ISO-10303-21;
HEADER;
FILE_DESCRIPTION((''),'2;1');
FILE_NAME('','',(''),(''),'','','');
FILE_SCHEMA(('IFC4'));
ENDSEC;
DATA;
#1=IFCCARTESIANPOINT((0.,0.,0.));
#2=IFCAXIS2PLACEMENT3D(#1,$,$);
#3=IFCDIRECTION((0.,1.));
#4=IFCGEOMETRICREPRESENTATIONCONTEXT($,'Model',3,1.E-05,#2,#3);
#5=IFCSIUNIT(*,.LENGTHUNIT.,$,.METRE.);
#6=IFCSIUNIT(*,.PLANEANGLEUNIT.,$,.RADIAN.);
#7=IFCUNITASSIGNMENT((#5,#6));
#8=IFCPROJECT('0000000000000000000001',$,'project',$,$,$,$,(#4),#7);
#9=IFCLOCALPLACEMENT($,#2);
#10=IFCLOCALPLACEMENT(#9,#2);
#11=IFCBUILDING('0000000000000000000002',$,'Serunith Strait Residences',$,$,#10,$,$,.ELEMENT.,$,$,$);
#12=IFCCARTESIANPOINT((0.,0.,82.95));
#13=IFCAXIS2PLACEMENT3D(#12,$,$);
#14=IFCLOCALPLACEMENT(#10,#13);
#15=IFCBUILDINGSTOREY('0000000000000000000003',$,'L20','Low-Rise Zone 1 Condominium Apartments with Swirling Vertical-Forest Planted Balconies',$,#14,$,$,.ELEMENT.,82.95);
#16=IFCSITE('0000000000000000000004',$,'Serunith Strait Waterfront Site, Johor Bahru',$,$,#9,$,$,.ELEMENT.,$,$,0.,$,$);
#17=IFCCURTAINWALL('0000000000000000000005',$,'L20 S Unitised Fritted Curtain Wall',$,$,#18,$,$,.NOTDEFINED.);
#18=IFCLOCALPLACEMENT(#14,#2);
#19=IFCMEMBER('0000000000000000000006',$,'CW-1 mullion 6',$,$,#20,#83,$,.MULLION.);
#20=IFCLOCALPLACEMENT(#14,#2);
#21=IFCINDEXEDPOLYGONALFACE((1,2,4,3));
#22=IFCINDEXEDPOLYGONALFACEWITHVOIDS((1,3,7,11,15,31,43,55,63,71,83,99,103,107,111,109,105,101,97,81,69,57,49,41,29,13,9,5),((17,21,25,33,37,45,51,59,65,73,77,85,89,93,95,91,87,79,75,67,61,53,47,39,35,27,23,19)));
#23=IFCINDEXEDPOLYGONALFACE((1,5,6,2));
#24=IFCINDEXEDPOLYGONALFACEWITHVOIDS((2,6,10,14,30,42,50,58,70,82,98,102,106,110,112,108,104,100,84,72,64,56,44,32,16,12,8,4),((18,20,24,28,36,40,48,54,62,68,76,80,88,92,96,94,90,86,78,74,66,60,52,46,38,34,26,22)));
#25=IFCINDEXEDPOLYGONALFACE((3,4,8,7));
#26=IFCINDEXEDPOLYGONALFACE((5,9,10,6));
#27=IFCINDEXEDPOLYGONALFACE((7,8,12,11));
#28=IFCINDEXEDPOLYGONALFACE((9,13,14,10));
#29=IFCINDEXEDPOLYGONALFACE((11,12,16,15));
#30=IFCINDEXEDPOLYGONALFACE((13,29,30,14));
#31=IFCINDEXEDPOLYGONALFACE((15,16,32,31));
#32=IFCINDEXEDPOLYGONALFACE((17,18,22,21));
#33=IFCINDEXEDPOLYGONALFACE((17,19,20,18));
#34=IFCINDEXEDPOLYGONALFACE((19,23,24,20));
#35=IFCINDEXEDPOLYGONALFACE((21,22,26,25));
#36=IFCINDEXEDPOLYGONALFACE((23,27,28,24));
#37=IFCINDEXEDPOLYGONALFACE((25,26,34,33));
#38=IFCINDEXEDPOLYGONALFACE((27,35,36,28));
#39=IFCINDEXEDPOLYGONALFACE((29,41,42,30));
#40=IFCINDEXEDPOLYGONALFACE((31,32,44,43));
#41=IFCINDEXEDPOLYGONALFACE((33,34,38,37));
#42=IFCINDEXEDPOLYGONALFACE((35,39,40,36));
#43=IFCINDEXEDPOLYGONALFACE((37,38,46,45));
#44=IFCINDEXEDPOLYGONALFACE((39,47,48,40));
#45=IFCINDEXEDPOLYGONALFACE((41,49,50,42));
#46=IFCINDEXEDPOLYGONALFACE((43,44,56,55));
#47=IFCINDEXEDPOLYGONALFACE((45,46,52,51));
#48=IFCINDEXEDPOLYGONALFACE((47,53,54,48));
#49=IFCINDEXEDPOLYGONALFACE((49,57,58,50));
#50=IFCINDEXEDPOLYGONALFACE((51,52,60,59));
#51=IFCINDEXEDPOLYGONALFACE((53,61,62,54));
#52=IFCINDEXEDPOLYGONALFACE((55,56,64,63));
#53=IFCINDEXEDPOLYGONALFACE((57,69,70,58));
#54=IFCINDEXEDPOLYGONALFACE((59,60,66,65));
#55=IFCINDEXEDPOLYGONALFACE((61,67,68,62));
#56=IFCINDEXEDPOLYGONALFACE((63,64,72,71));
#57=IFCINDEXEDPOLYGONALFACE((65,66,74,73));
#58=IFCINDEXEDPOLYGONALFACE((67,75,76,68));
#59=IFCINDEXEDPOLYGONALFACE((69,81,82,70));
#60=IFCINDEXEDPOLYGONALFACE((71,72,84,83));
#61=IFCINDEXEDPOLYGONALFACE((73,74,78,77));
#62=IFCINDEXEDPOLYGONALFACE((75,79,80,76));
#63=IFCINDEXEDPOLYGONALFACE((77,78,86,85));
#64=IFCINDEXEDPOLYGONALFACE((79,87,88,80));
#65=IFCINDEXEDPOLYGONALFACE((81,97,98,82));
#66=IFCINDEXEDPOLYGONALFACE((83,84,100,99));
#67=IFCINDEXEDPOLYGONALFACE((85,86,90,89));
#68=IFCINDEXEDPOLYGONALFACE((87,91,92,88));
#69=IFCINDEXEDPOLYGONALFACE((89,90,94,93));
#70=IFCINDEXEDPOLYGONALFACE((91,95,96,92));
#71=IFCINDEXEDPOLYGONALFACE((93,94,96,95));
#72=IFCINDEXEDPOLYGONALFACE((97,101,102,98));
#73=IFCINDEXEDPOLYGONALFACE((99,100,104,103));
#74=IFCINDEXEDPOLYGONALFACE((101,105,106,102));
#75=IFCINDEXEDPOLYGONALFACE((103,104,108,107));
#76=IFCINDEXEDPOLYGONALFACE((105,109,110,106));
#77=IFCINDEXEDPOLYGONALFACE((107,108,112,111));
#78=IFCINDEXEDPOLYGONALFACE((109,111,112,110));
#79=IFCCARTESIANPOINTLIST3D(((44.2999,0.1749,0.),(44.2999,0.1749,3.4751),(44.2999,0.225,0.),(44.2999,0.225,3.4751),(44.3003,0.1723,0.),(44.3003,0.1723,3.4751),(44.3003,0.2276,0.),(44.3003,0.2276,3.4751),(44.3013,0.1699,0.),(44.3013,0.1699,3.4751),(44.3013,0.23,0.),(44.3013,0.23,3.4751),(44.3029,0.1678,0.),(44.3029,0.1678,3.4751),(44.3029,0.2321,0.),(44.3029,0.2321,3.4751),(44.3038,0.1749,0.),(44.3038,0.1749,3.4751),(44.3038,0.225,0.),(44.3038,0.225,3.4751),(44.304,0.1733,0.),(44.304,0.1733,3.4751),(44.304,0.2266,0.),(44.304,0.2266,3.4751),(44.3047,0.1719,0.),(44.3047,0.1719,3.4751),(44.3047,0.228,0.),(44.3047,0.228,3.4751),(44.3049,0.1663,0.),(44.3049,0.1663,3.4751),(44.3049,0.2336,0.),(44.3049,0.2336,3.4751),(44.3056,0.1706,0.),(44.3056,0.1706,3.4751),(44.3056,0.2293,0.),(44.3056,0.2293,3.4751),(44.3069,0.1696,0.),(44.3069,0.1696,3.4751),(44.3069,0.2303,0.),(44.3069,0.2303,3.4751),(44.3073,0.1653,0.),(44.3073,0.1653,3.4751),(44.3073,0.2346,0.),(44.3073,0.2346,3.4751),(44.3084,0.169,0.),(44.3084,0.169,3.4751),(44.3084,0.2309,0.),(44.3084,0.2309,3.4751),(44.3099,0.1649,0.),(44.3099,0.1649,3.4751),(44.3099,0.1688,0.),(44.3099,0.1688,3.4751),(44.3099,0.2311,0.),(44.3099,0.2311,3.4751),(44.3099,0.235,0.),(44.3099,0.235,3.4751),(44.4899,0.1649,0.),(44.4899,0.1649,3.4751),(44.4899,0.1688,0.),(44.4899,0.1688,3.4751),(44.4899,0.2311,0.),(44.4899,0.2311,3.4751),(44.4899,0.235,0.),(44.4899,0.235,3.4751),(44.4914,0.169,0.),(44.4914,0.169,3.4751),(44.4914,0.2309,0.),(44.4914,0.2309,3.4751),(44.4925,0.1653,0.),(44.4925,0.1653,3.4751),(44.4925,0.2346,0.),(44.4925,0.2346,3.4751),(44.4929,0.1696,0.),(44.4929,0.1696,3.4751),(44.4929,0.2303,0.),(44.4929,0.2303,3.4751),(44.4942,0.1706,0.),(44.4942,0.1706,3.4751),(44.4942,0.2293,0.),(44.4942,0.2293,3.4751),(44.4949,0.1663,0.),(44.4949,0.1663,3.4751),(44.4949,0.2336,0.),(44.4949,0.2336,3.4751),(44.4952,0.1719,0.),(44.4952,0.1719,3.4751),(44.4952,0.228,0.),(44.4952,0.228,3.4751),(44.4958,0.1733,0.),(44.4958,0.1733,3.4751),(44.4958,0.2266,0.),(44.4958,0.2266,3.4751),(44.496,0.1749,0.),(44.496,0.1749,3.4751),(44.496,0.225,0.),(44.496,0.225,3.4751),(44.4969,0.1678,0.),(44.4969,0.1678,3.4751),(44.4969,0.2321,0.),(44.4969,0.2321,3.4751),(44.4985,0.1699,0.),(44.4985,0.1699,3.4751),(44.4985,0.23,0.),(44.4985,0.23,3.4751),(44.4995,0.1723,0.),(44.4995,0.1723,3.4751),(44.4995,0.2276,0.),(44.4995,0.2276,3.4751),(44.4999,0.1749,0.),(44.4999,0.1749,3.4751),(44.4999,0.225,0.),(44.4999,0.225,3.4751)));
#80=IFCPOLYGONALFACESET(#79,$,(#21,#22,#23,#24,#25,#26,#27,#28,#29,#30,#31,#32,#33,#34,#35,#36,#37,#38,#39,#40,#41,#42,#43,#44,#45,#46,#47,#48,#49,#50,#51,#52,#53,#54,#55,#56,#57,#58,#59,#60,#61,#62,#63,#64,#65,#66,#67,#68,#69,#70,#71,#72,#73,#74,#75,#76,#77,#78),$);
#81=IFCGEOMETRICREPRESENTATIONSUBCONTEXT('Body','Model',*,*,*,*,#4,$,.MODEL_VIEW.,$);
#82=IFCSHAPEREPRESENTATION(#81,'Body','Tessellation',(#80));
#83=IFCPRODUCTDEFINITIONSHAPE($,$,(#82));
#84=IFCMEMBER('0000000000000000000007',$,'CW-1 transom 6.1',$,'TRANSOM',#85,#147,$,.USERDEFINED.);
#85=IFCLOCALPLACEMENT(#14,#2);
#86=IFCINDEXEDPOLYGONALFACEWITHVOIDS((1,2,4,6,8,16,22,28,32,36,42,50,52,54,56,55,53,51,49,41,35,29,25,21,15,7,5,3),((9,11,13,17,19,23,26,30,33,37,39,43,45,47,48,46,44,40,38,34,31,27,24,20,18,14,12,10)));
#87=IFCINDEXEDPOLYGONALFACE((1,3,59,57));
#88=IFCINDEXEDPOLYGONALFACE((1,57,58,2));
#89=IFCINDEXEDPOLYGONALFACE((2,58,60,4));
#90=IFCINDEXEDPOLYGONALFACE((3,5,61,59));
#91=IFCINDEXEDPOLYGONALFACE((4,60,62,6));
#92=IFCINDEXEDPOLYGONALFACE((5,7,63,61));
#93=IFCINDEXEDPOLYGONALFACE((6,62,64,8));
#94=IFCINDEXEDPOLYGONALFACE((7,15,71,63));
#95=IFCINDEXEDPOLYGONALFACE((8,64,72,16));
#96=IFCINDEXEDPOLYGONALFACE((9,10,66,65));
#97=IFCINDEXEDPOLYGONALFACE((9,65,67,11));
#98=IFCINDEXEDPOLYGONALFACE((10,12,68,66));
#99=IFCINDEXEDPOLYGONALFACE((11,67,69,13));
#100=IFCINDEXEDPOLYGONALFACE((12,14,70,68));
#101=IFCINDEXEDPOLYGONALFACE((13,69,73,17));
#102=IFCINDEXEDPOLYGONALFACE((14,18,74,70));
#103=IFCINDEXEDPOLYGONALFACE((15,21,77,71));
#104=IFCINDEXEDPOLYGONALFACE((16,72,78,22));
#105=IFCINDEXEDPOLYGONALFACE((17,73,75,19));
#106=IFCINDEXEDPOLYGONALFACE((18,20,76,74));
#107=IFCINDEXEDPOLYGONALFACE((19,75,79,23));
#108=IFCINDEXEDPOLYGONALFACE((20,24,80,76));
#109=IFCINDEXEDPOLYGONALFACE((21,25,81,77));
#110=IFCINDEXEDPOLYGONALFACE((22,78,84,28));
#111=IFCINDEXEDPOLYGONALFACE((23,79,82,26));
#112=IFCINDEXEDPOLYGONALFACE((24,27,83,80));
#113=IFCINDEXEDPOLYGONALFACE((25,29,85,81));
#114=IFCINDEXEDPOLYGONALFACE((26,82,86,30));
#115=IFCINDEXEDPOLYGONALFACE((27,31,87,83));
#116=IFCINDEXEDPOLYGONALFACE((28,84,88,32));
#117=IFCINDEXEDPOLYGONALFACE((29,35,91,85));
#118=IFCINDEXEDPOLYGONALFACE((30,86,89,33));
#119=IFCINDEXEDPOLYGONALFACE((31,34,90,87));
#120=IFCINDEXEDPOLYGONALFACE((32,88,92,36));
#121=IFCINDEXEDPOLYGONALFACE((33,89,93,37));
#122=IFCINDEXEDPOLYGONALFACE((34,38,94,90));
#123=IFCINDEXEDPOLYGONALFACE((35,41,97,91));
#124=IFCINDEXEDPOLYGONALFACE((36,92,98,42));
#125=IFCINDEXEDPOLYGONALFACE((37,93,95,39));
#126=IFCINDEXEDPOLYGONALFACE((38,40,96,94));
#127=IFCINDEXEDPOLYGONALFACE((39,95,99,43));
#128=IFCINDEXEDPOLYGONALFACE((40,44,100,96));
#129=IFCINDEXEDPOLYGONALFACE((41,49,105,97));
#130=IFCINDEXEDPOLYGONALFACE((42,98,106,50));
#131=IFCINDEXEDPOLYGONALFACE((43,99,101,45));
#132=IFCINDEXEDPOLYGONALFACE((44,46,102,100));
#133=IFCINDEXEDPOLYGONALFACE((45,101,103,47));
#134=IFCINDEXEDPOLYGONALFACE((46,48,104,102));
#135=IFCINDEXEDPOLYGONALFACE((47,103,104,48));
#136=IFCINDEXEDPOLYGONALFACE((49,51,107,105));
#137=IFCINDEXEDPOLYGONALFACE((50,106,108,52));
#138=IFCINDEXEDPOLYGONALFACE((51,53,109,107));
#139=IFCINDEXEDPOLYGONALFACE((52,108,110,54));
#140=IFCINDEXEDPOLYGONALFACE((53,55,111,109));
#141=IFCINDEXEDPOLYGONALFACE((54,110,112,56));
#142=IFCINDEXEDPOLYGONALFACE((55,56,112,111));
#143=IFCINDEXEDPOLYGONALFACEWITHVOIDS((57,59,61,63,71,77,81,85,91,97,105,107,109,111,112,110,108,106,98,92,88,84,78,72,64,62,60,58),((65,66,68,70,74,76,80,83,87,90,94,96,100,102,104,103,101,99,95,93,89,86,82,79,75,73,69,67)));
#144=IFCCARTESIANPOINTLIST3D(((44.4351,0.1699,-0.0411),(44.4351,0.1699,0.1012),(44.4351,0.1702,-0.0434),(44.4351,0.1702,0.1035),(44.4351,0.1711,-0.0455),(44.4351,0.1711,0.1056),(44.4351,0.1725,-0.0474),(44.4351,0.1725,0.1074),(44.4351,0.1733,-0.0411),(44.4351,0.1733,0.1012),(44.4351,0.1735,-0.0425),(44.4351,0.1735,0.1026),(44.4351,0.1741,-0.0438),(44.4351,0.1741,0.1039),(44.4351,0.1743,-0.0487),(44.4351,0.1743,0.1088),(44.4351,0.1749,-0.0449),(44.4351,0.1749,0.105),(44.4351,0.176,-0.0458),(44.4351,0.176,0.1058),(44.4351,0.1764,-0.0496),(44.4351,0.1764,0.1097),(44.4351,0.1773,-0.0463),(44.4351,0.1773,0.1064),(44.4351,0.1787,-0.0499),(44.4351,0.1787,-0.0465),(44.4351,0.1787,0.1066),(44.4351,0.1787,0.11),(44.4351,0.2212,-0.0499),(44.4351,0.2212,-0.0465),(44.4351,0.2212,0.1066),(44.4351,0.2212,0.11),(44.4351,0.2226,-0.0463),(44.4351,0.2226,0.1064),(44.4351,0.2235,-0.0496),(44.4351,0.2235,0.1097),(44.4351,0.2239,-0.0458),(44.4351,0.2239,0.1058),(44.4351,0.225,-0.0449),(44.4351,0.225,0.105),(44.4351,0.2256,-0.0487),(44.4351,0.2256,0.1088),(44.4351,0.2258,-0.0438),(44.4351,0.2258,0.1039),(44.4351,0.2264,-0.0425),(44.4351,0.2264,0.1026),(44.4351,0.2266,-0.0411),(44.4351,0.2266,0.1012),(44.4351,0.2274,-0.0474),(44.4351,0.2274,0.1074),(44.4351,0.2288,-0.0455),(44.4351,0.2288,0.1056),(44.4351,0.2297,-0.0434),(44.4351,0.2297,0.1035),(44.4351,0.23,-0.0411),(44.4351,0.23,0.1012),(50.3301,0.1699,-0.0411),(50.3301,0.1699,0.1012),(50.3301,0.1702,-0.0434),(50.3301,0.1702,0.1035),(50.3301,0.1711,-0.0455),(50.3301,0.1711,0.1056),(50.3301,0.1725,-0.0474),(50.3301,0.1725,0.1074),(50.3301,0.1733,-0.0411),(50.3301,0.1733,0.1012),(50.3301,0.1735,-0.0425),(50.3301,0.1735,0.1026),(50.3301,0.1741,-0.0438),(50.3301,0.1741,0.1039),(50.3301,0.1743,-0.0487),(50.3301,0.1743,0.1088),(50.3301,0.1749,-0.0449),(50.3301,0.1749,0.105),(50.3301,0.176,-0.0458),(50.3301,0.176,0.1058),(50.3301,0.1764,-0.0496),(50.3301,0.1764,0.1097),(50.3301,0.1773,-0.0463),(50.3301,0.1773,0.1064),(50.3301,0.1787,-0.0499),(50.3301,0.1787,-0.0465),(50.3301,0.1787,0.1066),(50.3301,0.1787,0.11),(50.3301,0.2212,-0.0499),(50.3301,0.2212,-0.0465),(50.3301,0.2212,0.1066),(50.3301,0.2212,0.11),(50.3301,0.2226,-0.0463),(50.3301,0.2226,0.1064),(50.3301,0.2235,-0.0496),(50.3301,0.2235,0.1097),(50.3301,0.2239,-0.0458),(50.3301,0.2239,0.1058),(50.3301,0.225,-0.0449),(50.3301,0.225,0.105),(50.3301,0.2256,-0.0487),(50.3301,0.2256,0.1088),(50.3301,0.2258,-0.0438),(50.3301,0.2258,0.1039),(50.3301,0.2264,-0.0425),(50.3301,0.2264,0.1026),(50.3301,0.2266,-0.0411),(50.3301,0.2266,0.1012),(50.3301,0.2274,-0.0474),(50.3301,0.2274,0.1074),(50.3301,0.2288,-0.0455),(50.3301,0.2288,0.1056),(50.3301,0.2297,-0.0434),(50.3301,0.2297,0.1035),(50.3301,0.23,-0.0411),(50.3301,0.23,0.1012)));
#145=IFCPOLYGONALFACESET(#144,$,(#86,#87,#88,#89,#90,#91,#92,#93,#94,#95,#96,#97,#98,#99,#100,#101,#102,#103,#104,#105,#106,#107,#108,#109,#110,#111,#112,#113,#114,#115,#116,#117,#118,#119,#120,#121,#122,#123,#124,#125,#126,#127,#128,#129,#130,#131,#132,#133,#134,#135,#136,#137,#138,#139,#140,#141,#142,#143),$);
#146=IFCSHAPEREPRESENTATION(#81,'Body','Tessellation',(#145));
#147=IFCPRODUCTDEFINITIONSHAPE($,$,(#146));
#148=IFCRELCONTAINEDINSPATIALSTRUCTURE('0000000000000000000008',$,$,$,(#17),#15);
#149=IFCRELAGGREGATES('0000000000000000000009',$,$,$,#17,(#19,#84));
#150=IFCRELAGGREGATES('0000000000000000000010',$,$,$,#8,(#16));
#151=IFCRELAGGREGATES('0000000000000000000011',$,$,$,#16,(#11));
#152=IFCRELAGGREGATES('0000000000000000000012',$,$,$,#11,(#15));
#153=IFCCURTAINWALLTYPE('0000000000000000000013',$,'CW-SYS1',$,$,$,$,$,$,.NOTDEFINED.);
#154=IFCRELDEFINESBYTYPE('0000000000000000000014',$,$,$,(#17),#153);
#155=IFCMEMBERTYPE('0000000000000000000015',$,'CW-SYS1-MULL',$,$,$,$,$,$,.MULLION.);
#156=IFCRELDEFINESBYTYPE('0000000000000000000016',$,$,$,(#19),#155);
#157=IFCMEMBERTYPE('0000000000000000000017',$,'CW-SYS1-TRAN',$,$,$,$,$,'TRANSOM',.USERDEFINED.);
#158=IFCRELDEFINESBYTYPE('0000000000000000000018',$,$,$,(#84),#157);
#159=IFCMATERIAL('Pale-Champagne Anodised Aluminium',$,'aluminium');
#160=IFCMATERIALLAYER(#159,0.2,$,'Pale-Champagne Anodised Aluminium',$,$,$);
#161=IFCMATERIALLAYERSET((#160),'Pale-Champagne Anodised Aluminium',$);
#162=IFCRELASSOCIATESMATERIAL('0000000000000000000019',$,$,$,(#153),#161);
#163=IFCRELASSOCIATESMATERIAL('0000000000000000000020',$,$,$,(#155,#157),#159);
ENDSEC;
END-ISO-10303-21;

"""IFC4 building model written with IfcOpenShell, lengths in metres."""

from ifc_helpers import new_model, si_unit, direction, frame, origin, origin_2d, place, context, subcontext, project, spatial, hollow_rectangle, extrude, source, transform, mapped, material, layer, layer_set, material_profile, profile_set, type_object, element, aggregate, save


model = new_model("IFC4")

# Units and contexts
model_context = context("Model", 3, precision=1e-05, world=origin(), true_north=direction((0.0, 1.0)))
body_context = subcontext(model_context, "Body", "Model", "MODEL_VIEW")
ifc_project = project(units=[si_unit("LENGTHUNIT", "METRE"), si_unit("PLANEANGLEUNIT", "RADIAN")], contexts=[model_context])

# Site, building, storey
site_placement = place(None, origin())
site = spatial("IfcSite", under=ifc_project, at=site_placement, Name="Serunith Strait Waterfront Site, Johor Bahru", CompositionType="ELEMENT", RefElevation=0.0)
building_placement = place(site_placement, origin())
building = spatial("IfcBuilding", under=site, at=building_placement, Name="Serunith Strait Residences", CompositionType="ELEMENT")
storey_placement = place(building_placement, frame((0.0, 0.0, 82.95)))
storey = spatial("IfcBuildingStorey", under=building, at=storey_placement, Name="L20", Description="Low-Rise Zone 1 Condominium Apartments with Swirling Vertical-Forest Planted Balconies", CompositionType="ELEMENT", Elevation=82.95)

# Curtain wall, members
ifc_material_1 = material(Name="Pale-Champagne Anodised Aluminium", Category="aluminium")
ifc_layer_1 = layer(ifc_material_1, 0.2, Name="Pale-Champagne Anodised Aluminium")
ifc_layer_set_1 = layer_set([ifc_layer_1], Name="Pale-Champagne Anodised Aluminium")
curtain_wall_type = type_object("IfcCurtainWallType", Name="CW-SYS1", PredefinedType="NOTDEFINED", material=ifc_layer_set_1)
curtain_wall_placement = place(storey_placement, origin())
curtain_wall = element("IfcCurtainWall", 1, at=curtain_wall_placement, inside=storey, type_object=curtain_wall_type, Name="L20 S Unitised Fritted Curtain Wall", PredefinedType="NOTDEFINED")
ifc_material_profile_1 = material_profile(ifc_material_1, hollow_rectangle(XDim=0.0701, YDim=0.2, WallThickness=0.0039, InnerFilletRadius=0.0061, OuterFilletRadius=0.01, at=origin_2d()), Name="ALU 200x70x4")
ifc_profile_set_1 = profile_set([ifc_material_profile_1], Name="Pale-Champagne Anodised Aluminium")
member_type_1 = type_object("IfcMemberType", Name="CW-SYS1-MULL", PredefinedType="MULLION", material=ifc_profile_set_1)
shared_shape_1 = source(origin(), body_context, "Body", "SweptSolid", [
    extrude(hollow_rectangle(XDim=0.0701, YDim=0.2, WallThickness=0.0039, InnerFilletRadius=0.0061, OuterFilletRadius=0.01, at=origin_2d()), origin(), (0.0, 0.0, 1.0), 3.4751),
])
member_1_placement = place(storey_placement, frame((44.3999, 0.2, 0.0), z_axis=(0.0, 0.0, 1.0), x_axis=(0.0, 1.0, 0.0)))
member_1 = element("IfcMember", 2, at=member_1_placement, type_object=member_type_1, Name="CW-1 mullion 6", PredefinedType="MULLION", context=body_context, shape_type="MappedRepresentation", body=[
    mapped(shared_shape_1, transform((0.0, 0.0, 0.0), scale=1.0)),
])
ifc_material_profile_2 = material_profile(ifc_material_1, hollow_rectangle(XDim=0.0601, YDim=0.1599, WallThickness=0.0034, InnerFilletRadius=0.0054, OuterFilletRadius=0.0088, at=origin_2d()), Name="ALU 160x60x3.5")
ifc_profile_set_2 = profile_set([ifc_material_profile_2], Name="Pale-Champagne Anodised Aluminium")
member_type_2 = type_object("IfcMemberType", Name="CW-SYS1-TRAN", ElementType="TRANSOM", PredefinedType="USERDEFINED", material=ifc_profile_set_2)
shared_shape_2 = source(origin(), body_context, "Body", "SweptSolid", [
    extrude(hollow_rectangle(XDim=0.0601, YDim=0.1599, WallThickness=0.0034, InnerFilletRadius=0.0054, OuterFilletRadius=0.0088, at=origin_2d()), origin(), (0.0, 0.0, 1.0), 5.895),
])
member_2_placement = place(storey_placement, frame((44.4351, 0.2, 0.03), z_axis=(1.0, 0.0, 0.0), x_axis=(0.0, 1.0, 0.0)))
member_2 = element("IfcMember", 3, at=member_2_placement, type_object=member_type_2, Name="CW-1 transom 6.1", ObjectType="TRANSOM", PredefinedType="USERDEFINED", context=body_context, shape_type="MappedRepresentation", body=[
    mapped(shared_shape_2, transform((0.0, 0.0, 0.0), scale=1.0)),
])
aggregate(curtain_wall, [member_1, member_2])

save(model, "model.ifc")
